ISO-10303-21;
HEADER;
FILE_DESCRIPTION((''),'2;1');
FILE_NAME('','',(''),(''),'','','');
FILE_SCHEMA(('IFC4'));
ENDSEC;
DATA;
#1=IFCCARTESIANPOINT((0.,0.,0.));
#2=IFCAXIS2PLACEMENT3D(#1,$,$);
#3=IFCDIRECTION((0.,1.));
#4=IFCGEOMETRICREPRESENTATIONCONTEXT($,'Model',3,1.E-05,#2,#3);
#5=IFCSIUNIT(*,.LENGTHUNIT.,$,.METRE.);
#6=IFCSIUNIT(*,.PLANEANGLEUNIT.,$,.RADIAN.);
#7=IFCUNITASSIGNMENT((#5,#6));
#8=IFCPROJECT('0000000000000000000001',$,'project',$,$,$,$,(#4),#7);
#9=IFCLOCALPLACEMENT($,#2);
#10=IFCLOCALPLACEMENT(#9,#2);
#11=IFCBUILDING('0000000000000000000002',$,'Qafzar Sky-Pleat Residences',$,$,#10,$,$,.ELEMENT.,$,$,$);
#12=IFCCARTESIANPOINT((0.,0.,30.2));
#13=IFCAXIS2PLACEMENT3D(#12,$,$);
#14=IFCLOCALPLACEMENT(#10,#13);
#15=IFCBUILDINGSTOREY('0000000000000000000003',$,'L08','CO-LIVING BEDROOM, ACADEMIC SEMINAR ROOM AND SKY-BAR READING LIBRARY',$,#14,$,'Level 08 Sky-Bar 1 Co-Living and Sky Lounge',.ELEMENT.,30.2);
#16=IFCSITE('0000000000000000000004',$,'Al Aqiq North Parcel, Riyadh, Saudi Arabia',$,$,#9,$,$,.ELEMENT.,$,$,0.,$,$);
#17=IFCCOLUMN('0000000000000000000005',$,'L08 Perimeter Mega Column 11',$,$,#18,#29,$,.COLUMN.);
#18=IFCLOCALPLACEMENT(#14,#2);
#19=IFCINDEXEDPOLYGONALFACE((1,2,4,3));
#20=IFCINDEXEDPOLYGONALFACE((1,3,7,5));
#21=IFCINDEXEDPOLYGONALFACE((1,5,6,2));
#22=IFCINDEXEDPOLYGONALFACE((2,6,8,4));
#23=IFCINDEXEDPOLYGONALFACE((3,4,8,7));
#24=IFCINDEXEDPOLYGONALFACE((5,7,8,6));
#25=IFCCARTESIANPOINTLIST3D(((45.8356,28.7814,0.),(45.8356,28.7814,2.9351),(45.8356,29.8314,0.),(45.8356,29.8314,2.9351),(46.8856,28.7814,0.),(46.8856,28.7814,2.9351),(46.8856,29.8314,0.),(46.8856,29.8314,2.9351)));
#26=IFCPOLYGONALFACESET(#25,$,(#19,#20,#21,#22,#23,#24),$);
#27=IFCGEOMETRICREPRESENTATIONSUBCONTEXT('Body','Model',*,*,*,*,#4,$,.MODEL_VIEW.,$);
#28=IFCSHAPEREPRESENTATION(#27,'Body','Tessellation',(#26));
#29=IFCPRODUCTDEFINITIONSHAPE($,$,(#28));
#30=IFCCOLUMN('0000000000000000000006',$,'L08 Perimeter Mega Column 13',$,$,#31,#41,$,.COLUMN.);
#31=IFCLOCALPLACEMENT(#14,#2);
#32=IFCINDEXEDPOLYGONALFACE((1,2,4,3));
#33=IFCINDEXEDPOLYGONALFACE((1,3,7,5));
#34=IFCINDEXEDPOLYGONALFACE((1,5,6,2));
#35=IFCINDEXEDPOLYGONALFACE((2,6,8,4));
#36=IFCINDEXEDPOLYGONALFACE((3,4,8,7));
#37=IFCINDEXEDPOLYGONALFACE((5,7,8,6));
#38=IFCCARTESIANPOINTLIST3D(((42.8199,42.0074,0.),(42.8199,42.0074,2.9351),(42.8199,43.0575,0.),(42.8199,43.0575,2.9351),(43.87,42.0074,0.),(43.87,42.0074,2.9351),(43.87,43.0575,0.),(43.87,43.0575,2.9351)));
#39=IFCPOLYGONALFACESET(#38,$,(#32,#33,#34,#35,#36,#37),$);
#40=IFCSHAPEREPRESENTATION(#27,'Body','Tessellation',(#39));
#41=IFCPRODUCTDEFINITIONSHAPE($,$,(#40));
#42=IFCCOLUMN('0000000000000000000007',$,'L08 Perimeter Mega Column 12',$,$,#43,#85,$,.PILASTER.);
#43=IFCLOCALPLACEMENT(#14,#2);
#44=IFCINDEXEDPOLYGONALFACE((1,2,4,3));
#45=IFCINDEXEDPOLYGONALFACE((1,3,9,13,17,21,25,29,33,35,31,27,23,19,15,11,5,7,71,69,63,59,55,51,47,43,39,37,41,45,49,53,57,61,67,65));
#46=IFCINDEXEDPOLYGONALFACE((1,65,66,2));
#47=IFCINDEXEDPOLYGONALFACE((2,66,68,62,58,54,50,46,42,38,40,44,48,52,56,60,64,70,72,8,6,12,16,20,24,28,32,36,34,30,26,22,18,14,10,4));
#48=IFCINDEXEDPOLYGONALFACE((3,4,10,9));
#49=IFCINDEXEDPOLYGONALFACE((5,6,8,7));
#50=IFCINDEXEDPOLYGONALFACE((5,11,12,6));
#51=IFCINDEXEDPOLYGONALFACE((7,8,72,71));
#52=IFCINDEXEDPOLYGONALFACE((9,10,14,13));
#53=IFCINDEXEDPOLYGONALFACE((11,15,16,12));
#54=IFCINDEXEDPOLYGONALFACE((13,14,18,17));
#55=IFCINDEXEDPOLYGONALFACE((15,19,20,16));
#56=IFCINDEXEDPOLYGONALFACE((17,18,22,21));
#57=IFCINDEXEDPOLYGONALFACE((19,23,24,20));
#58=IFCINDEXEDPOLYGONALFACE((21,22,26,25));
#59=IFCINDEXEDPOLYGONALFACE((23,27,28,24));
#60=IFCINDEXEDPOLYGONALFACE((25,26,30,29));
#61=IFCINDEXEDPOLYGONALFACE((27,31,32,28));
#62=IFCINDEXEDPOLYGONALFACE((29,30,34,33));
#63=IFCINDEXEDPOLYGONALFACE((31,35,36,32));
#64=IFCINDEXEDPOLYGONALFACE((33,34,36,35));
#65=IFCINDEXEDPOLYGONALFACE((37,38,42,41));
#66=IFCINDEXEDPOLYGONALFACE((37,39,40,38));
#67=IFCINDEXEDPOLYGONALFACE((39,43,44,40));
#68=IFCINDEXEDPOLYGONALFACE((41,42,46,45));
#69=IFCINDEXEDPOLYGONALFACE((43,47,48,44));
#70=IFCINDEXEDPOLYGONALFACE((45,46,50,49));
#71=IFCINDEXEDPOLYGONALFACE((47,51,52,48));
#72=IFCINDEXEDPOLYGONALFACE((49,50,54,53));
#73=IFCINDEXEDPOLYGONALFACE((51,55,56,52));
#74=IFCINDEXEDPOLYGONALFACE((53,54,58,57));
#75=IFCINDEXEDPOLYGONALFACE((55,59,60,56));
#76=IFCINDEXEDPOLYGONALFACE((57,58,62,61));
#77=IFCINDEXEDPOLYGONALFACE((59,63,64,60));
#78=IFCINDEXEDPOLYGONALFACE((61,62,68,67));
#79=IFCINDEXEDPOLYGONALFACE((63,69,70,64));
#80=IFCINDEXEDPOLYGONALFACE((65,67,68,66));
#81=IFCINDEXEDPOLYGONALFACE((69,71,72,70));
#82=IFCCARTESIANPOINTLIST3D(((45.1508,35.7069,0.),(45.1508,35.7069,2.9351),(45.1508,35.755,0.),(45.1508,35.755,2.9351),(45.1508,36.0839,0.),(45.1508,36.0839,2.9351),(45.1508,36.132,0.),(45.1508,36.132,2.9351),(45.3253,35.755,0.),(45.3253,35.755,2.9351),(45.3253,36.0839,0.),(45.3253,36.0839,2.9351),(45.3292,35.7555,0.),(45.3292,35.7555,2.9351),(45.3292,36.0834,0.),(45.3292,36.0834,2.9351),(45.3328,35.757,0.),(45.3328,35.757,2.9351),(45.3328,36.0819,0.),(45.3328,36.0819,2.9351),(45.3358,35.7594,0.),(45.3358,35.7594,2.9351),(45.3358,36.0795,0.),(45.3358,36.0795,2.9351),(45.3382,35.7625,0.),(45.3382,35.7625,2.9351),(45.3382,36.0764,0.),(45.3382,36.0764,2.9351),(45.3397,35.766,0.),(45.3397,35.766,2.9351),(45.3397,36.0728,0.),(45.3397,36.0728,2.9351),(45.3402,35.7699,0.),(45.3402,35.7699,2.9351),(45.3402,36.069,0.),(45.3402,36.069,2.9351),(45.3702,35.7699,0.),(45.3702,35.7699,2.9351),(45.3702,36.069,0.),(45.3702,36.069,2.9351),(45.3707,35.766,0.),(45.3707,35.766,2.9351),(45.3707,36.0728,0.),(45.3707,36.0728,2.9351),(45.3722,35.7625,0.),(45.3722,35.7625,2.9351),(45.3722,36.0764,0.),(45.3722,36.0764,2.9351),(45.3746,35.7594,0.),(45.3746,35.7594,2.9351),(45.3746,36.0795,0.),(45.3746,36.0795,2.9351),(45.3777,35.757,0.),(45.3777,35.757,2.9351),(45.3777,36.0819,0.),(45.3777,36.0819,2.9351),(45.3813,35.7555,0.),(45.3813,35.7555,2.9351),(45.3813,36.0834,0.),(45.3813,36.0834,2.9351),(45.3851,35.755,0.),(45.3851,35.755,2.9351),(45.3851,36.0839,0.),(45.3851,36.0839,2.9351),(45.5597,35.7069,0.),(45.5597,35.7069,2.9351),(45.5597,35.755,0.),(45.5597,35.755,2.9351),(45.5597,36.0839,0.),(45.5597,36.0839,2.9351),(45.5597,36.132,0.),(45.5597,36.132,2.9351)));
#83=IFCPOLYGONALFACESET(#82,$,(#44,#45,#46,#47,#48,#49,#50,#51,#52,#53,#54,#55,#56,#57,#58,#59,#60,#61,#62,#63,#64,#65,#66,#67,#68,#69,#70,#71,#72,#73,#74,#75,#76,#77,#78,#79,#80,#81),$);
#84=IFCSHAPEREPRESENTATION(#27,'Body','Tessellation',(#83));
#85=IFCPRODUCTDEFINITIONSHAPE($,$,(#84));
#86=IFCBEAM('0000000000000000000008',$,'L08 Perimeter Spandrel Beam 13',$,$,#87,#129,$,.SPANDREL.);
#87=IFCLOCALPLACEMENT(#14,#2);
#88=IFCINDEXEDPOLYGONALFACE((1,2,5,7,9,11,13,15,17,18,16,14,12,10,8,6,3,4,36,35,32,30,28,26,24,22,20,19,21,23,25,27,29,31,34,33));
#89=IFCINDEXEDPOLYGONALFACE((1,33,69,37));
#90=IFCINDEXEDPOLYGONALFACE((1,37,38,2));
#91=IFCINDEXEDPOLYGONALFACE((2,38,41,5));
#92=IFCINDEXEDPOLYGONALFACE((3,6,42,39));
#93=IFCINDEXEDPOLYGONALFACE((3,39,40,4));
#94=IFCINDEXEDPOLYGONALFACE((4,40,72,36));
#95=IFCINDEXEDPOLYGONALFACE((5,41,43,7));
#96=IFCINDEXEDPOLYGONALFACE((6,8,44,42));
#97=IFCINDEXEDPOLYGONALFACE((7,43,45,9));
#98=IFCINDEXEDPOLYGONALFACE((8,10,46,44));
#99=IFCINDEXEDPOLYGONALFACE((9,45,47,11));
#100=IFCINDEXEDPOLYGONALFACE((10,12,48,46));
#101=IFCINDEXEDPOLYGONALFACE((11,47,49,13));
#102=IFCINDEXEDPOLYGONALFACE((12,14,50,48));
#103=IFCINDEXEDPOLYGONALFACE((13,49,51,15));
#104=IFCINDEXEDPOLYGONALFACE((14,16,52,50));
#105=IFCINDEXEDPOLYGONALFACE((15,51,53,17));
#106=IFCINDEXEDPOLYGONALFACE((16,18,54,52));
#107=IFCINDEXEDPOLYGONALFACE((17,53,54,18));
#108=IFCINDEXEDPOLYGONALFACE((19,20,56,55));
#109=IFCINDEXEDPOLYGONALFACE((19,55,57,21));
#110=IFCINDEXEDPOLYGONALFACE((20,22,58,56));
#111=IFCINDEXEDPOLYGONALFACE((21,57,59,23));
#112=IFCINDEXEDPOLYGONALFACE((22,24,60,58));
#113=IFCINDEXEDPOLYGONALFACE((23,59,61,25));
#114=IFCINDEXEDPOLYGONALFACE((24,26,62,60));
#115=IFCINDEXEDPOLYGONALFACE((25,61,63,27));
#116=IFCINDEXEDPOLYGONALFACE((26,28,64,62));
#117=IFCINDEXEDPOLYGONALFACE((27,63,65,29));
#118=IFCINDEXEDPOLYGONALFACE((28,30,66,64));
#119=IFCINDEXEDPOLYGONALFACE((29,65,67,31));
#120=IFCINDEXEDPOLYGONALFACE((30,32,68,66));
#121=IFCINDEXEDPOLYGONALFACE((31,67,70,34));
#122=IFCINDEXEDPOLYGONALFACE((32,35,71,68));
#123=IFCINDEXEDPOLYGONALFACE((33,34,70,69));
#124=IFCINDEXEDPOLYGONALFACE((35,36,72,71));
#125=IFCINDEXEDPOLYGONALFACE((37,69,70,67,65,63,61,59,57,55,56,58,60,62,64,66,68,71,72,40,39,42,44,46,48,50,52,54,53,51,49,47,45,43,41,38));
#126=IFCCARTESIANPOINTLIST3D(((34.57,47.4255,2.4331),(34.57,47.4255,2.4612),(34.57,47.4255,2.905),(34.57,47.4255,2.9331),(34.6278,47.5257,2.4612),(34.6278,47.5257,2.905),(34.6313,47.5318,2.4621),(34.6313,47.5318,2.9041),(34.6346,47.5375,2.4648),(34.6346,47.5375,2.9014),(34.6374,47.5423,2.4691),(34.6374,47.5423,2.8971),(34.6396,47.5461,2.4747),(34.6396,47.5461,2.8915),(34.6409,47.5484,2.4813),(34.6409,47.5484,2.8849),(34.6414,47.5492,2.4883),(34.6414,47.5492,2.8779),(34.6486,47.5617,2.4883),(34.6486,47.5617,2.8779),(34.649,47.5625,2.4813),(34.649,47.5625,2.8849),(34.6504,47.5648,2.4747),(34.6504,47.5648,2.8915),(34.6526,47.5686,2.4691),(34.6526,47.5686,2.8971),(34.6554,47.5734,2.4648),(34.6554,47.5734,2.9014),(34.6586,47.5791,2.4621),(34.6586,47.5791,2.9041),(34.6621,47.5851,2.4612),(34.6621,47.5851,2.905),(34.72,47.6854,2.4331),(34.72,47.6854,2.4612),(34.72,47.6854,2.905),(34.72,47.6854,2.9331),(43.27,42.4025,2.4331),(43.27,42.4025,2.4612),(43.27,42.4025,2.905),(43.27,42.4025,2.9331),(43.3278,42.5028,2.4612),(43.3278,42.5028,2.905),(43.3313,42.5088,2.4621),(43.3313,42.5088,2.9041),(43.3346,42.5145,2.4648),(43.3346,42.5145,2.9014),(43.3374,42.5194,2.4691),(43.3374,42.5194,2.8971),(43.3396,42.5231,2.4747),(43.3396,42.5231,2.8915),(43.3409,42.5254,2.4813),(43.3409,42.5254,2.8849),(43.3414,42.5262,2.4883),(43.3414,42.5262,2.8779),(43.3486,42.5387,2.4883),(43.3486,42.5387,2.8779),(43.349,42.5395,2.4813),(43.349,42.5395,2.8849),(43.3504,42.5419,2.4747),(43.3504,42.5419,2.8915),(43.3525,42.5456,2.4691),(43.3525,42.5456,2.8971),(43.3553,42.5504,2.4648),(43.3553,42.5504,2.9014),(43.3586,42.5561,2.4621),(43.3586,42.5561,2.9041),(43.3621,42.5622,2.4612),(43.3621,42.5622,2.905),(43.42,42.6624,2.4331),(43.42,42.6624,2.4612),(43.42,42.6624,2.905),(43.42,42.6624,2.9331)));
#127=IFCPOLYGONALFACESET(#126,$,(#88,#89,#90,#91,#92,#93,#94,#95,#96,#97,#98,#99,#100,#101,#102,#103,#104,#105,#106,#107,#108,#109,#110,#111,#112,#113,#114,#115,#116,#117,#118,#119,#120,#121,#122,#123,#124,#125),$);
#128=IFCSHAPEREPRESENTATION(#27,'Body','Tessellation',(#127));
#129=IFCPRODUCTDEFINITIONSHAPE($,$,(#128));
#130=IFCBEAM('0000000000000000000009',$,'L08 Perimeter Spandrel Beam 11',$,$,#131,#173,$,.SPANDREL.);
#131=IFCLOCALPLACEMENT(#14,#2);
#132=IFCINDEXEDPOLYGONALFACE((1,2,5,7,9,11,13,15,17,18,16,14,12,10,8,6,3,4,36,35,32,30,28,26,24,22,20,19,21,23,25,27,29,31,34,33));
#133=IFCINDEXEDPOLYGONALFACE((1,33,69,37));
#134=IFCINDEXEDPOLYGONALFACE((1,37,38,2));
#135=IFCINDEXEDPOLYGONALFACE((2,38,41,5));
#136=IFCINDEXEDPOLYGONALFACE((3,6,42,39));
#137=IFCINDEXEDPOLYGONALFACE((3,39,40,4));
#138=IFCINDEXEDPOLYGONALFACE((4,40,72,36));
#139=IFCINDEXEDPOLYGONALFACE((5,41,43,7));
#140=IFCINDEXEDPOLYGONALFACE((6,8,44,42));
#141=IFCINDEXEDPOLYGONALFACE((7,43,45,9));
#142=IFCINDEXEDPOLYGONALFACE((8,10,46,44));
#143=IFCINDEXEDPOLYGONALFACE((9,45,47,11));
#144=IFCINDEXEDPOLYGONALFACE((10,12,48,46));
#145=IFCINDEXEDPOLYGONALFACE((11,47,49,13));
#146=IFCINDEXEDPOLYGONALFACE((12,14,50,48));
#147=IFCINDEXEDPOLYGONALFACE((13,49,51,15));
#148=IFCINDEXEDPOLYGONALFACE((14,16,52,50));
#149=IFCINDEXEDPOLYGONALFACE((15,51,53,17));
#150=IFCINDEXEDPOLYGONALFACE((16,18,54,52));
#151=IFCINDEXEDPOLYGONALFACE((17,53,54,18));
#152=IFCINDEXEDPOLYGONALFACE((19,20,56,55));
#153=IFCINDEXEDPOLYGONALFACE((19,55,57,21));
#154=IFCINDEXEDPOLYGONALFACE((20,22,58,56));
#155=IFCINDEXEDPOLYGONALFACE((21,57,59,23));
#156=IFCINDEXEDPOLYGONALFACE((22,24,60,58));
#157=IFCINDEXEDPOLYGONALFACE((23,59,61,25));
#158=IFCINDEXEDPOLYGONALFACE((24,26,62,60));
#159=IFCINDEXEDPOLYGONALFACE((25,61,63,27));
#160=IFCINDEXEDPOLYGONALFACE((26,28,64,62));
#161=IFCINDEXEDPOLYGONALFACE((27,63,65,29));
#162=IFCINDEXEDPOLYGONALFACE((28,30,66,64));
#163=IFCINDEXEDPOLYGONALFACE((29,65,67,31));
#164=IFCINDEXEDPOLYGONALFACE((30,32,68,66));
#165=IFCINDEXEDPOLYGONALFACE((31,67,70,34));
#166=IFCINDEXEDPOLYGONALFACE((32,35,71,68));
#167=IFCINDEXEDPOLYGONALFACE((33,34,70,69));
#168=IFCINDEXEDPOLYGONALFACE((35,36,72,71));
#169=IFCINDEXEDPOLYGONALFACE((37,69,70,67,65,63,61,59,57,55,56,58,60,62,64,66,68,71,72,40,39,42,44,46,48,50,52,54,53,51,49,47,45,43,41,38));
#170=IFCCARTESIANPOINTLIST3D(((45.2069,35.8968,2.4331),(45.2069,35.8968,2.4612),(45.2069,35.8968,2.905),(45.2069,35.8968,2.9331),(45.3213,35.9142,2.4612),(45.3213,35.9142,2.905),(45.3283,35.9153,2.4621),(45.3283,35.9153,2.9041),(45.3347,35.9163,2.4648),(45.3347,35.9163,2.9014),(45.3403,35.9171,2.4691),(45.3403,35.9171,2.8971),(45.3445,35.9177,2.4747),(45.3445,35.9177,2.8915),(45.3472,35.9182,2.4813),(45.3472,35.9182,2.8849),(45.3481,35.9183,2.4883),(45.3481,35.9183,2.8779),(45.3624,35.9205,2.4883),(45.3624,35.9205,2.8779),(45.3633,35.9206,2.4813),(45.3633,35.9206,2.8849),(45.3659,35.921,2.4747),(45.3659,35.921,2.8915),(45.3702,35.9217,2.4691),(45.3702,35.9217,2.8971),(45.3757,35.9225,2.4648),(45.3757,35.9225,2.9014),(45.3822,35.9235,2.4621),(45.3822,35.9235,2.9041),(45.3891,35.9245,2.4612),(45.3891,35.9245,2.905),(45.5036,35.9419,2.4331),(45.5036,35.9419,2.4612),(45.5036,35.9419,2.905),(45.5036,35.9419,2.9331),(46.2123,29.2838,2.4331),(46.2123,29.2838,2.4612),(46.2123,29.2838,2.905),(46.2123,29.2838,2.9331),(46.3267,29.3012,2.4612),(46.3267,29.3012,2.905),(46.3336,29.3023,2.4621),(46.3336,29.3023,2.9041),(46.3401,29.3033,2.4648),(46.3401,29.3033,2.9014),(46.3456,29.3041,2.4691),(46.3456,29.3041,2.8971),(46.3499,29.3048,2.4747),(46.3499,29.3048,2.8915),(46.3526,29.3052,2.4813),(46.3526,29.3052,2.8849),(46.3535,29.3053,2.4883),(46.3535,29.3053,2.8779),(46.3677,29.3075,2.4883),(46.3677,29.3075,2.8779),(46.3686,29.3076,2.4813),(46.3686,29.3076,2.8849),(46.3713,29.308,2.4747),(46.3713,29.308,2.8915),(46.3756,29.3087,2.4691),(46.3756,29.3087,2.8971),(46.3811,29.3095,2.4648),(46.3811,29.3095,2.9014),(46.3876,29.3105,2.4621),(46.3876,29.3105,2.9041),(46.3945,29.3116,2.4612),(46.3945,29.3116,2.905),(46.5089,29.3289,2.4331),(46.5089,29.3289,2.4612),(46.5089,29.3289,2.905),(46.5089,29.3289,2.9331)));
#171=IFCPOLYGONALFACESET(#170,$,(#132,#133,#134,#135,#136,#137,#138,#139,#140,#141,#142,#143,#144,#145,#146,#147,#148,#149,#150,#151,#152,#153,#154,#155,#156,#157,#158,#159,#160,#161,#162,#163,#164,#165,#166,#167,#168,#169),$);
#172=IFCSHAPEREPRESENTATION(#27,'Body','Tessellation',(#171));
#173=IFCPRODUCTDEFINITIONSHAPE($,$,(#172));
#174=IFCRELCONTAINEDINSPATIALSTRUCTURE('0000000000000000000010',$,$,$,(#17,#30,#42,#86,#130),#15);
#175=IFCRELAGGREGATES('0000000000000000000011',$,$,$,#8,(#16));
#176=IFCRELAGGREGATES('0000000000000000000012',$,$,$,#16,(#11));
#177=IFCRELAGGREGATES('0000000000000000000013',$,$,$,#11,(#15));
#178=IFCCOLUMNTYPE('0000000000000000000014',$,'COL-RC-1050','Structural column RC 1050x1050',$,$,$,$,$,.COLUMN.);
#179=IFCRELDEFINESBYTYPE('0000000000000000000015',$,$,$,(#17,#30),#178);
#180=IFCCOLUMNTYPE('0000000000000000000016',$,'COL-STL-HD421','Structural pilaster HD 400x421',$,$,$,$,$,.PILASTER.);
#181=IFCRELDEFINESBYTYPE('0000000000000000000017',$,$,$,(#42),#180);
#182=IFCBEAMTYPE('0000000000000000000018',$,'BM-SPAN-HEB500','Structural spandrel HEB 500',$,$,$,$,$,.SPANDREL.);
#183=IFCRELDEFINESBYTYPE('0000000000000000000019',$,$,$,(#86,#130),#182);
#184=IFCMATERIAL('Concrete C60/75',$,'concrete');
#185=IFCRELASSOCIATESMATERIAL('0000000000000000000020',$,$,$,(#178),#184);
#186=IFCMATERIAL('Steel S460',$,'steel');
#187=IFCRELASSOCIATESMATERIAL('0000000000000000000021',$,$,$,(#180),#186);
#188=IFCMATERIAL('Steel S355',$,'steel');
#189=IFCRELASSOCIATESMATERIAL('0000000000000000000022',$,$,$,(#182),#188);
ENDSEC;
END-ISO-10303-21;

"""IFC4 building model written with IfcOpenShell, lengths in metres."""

from ifc_helpers import new_model, si_unit, direction, frame, origin, origin_2d, place, context, subcontext, project, spatial, rectangle, i_section, extrude, source, transform, mapped, material, material_profile, profile_set, type_object, element, save


model = new_model("IFC4")

# Units and contexts
model_context = context("Model", 3, precision=1e-05, world=origin(), true_north=direction((0.0, 1.0)))
body_context = subcontext(model_context, "Body", "Model", "MODEL_VIEW")
ifc_project = project(units=[si_unit("LENGTHUNIT", "METRE"), si_unit("PLANEANGLEUNIT", "RADIAN")], contexts=[model_context])

# Site, building, storey
site_placement = place(None, origin())
site = spatial("IfcSite", under=ifc_project, at=site_placement, Name="Al Aqiq North Parcel, Riyadh, Saudi Arabia", CompositionType="ELEMENT", RefElevation=0.0)
building_placement = place(site_placement, origin())
building = spatial("IfcBuilding", under=site, at=building_placement, Name="Qafzar Sky-Pleat Residences", CompositionType="ELEMENT")
storey_placement = place(building_placement, frame((0.0, 0.0, 30.2)))
storey = spatial("IfcBuildingStorey", under=building, at=storey_placement, Name="L08", Description="CO-LIVING BEDROOM, ACADEMIC SEMINAR ROOM AND SKY-BAR READING LIBRARY", LongName="Level 08 Sky-Bar 1 Co-Living and Sky Lounge", CompositionType="ELEMENT", Elevation=30.2)

# Columns
ifc_material_1 = material(Name="Concrete C60/75", Category="concrete")
ifc_material_profile_1 = material_profile(ifc_material_1, rectangle(XDim=1.05, YDim=1.05, at=origin_2d()), Name="RC 1050x1050")
ifc_profile_set_1 = profile_set([ifc_material_profile_1], Name="Concrete C60/75")
column_type_1 = type_object("IfcColumnType", Name="COL-RC-1050", Description="Structural column RC 1050x1050", PredefinedType="COLUMN", material=ifc_profile_set_1)
shared_shape_1 = source(origin(), body_context, "Body", "SweptSolid", [
    extrude(rectangle(XDim=1.05, YDim=1.05, at=origin_2d()), origin(), (0.0, 0.0, 1.0), 2.9351),
])
for number, where, z_axis, x_axis, name in (
    (1, (46.3606, 29.3064, 0.0), (0.0, 0.0, 1.0), (1.0, 0.0, 0.0), "L08 Perimeter Mega Column 11"),
    (2, (43.345, 42.5325, 0.0), (0.0, 0.0, 1.0), (1.0, 0.0, 0.0), "L08 Perimeter Mega Column 13"),
):
    element("IfcColumn", number, at=place(storey_placement, frame(where, z_axis=z_axis, x_axis=x_axis)), inside=storey, type_object=column_type_1, Name=name, PredefinedType="COLUMN", context=body_context, shape_type="MappedRepresentation", body=[
        mapped(shared_shape_1, transform((0.0, 0.0, 0.0), x_axis=(1.0, 0.0, 0.0), y_axis=(0.0, 1.0, 0.0), z_axis=(0.0, 0.0, 1.0), scale=1.0)),
    ])
ifc_material_2 = material(Name="Steel S460", Category="steel")
ifc_material_profile_2 = material_profile(ifc_material_2, i_section(OverallWidth=0.4089, OverallDepth=0.425, WebThickness=0.03, FlangeThickness=0.0481, FilletRadius=0.0149, at=origin_2d()), Name="HD 400x421")
ifc_profile_set_2 = profile_set([ifc_material_profile_2], Name="Steel S460")
column_type_2 = type_object("IfcColumnType", Name="COL-STL-HD421", Description="Structural pilaster HD 400x421", PredefinedType="PILASTER", material=ifc_profile_set_2)
shared_shape_2 = source(origin(), body_context, "Body", "SweptSolid", [
    extrude(i_section(OverallWidth=0.4089, OverallDepth=0.425, WebThickness=0.03, FlangeThickness=0.0481, FilletRadius=0.0149, at=origin_2d()), origin(), (0.0, 0.0, 1.0), 2.9351),
])
column_placement = place(storey_placement, frame((45.3552, 35.9194, 0.0), z_axis=(0.0, 0.0, 1.0), x_axis=(1.0, 0.0, 0.0)))
element("IfcColumn", 3, at=column_placement, inside=storey, type_object=column_type_2, Name="L08 Perimeter Mega Column 12", PredefinedType="PILASTER", context=body_context, shape_type="MappedRepresentation", body=[
    mapped(shared_shape_2, transform((0.0, 0.0, 0.0), x_axis=(1.0, 0.0, 0.0), y_axis=(0.0, 1.0, 0.0), z_axis=(0.0, 0.0, 1.0), scale=1.0)),
])

# Beams
ifc_material_3 = material(Name="Steel S355", Category="steel")
ifc_material_profile_3 = material_profile(ifc_material_3, i_section(OverallWidth=0.3, OverallDepth=0.5, WebThickness=0.0144, FlangeThickness=0.0281, FilletRadius=0.0271, at=origin_2d()), Name="HEB 500")
ifc_profile_set_3 = profile_set([ifc_material_profile_3], Name="Steel S355")
beam_type_1 = type_object("IfcBeamType", Name="BM-SPAN-HEB500", Description="Structural spandrel HEB 500", PredefinedType="SPANDREL", material=ifc_profile_set_3)
shared_shape_3 = source(origin(), body_context, "Body", "SweptSolid", [
    extrude(i_section(OverallWidth=0.3, OverallDepth=0.5, WebThickness=0.0144, FlangeThickness=0.0281, FilletRadius=0.0271, at=origin_2d()), origin(), (0.0, 0.0, 1.0), 10.0459),
])
beam_1_placement = place(storey_placement, frame((43.345, 42.5325, 2.6831), z_axis=(-0.866024, 0.500002, 0.0), x_axis=(-0.500002, -0.866024, 0.0)))
element("IfcBeam", 4, at=beam_1_placement, inside=storey, type_object=beam_type_1, Name="L08 Perimeter Spandrel Beam 13", PredefinedType="SPANDREL", context=body_context, shape_type="MappedRepresentation", body=[
    mapped(shared_shape_3, transform((0.0, 0.0, 0.0), x_axis=(1.0, 0.0, 0.0), y_axis=(0.0, 1.0, 0.0), z_axis=(0.0, 0.0, 1.0), scale=1.0)),
])
shared_shape_4 = source(origin(), body_context, "Body", "SweptSolid", [
    extrude(i_section(OverallWidth=0.3, OverallDepth=0.5, WebThickness=0.0144, FlangeThickness=0.0281, FilletRadius=0.0271, at=origin_2d()), origin(), (0.0, 0.0, 1.0), 6.689),
])
beam_2_placement = place(storey_placement, frame((46.3606, 29.3064, 2.6831), z_axis=(-0.150302, 0.98864, 0.0), x_axis=(-0.98864, -0.150302, 0.0)))
element("IfcBeam", 5, at=beam_2_placement, inside=storey, type_object=beam_type_1, Name="L08 Perimeter Spandrel Beam 11", PredefinedType="SPANDREL", context=body_context, shape_type="MappedRepresentation", body=[
    mapped(shared_shape_4, transform((0.0, 0.0, 0.0), x_axis=(1.0, 0.0, 0.0), y_axis=(0.0, 1.0, 0.0), z_axis=(0.0, 0.0, 1.0), scale=1.0)),
])

save(model, "model.ifc")
